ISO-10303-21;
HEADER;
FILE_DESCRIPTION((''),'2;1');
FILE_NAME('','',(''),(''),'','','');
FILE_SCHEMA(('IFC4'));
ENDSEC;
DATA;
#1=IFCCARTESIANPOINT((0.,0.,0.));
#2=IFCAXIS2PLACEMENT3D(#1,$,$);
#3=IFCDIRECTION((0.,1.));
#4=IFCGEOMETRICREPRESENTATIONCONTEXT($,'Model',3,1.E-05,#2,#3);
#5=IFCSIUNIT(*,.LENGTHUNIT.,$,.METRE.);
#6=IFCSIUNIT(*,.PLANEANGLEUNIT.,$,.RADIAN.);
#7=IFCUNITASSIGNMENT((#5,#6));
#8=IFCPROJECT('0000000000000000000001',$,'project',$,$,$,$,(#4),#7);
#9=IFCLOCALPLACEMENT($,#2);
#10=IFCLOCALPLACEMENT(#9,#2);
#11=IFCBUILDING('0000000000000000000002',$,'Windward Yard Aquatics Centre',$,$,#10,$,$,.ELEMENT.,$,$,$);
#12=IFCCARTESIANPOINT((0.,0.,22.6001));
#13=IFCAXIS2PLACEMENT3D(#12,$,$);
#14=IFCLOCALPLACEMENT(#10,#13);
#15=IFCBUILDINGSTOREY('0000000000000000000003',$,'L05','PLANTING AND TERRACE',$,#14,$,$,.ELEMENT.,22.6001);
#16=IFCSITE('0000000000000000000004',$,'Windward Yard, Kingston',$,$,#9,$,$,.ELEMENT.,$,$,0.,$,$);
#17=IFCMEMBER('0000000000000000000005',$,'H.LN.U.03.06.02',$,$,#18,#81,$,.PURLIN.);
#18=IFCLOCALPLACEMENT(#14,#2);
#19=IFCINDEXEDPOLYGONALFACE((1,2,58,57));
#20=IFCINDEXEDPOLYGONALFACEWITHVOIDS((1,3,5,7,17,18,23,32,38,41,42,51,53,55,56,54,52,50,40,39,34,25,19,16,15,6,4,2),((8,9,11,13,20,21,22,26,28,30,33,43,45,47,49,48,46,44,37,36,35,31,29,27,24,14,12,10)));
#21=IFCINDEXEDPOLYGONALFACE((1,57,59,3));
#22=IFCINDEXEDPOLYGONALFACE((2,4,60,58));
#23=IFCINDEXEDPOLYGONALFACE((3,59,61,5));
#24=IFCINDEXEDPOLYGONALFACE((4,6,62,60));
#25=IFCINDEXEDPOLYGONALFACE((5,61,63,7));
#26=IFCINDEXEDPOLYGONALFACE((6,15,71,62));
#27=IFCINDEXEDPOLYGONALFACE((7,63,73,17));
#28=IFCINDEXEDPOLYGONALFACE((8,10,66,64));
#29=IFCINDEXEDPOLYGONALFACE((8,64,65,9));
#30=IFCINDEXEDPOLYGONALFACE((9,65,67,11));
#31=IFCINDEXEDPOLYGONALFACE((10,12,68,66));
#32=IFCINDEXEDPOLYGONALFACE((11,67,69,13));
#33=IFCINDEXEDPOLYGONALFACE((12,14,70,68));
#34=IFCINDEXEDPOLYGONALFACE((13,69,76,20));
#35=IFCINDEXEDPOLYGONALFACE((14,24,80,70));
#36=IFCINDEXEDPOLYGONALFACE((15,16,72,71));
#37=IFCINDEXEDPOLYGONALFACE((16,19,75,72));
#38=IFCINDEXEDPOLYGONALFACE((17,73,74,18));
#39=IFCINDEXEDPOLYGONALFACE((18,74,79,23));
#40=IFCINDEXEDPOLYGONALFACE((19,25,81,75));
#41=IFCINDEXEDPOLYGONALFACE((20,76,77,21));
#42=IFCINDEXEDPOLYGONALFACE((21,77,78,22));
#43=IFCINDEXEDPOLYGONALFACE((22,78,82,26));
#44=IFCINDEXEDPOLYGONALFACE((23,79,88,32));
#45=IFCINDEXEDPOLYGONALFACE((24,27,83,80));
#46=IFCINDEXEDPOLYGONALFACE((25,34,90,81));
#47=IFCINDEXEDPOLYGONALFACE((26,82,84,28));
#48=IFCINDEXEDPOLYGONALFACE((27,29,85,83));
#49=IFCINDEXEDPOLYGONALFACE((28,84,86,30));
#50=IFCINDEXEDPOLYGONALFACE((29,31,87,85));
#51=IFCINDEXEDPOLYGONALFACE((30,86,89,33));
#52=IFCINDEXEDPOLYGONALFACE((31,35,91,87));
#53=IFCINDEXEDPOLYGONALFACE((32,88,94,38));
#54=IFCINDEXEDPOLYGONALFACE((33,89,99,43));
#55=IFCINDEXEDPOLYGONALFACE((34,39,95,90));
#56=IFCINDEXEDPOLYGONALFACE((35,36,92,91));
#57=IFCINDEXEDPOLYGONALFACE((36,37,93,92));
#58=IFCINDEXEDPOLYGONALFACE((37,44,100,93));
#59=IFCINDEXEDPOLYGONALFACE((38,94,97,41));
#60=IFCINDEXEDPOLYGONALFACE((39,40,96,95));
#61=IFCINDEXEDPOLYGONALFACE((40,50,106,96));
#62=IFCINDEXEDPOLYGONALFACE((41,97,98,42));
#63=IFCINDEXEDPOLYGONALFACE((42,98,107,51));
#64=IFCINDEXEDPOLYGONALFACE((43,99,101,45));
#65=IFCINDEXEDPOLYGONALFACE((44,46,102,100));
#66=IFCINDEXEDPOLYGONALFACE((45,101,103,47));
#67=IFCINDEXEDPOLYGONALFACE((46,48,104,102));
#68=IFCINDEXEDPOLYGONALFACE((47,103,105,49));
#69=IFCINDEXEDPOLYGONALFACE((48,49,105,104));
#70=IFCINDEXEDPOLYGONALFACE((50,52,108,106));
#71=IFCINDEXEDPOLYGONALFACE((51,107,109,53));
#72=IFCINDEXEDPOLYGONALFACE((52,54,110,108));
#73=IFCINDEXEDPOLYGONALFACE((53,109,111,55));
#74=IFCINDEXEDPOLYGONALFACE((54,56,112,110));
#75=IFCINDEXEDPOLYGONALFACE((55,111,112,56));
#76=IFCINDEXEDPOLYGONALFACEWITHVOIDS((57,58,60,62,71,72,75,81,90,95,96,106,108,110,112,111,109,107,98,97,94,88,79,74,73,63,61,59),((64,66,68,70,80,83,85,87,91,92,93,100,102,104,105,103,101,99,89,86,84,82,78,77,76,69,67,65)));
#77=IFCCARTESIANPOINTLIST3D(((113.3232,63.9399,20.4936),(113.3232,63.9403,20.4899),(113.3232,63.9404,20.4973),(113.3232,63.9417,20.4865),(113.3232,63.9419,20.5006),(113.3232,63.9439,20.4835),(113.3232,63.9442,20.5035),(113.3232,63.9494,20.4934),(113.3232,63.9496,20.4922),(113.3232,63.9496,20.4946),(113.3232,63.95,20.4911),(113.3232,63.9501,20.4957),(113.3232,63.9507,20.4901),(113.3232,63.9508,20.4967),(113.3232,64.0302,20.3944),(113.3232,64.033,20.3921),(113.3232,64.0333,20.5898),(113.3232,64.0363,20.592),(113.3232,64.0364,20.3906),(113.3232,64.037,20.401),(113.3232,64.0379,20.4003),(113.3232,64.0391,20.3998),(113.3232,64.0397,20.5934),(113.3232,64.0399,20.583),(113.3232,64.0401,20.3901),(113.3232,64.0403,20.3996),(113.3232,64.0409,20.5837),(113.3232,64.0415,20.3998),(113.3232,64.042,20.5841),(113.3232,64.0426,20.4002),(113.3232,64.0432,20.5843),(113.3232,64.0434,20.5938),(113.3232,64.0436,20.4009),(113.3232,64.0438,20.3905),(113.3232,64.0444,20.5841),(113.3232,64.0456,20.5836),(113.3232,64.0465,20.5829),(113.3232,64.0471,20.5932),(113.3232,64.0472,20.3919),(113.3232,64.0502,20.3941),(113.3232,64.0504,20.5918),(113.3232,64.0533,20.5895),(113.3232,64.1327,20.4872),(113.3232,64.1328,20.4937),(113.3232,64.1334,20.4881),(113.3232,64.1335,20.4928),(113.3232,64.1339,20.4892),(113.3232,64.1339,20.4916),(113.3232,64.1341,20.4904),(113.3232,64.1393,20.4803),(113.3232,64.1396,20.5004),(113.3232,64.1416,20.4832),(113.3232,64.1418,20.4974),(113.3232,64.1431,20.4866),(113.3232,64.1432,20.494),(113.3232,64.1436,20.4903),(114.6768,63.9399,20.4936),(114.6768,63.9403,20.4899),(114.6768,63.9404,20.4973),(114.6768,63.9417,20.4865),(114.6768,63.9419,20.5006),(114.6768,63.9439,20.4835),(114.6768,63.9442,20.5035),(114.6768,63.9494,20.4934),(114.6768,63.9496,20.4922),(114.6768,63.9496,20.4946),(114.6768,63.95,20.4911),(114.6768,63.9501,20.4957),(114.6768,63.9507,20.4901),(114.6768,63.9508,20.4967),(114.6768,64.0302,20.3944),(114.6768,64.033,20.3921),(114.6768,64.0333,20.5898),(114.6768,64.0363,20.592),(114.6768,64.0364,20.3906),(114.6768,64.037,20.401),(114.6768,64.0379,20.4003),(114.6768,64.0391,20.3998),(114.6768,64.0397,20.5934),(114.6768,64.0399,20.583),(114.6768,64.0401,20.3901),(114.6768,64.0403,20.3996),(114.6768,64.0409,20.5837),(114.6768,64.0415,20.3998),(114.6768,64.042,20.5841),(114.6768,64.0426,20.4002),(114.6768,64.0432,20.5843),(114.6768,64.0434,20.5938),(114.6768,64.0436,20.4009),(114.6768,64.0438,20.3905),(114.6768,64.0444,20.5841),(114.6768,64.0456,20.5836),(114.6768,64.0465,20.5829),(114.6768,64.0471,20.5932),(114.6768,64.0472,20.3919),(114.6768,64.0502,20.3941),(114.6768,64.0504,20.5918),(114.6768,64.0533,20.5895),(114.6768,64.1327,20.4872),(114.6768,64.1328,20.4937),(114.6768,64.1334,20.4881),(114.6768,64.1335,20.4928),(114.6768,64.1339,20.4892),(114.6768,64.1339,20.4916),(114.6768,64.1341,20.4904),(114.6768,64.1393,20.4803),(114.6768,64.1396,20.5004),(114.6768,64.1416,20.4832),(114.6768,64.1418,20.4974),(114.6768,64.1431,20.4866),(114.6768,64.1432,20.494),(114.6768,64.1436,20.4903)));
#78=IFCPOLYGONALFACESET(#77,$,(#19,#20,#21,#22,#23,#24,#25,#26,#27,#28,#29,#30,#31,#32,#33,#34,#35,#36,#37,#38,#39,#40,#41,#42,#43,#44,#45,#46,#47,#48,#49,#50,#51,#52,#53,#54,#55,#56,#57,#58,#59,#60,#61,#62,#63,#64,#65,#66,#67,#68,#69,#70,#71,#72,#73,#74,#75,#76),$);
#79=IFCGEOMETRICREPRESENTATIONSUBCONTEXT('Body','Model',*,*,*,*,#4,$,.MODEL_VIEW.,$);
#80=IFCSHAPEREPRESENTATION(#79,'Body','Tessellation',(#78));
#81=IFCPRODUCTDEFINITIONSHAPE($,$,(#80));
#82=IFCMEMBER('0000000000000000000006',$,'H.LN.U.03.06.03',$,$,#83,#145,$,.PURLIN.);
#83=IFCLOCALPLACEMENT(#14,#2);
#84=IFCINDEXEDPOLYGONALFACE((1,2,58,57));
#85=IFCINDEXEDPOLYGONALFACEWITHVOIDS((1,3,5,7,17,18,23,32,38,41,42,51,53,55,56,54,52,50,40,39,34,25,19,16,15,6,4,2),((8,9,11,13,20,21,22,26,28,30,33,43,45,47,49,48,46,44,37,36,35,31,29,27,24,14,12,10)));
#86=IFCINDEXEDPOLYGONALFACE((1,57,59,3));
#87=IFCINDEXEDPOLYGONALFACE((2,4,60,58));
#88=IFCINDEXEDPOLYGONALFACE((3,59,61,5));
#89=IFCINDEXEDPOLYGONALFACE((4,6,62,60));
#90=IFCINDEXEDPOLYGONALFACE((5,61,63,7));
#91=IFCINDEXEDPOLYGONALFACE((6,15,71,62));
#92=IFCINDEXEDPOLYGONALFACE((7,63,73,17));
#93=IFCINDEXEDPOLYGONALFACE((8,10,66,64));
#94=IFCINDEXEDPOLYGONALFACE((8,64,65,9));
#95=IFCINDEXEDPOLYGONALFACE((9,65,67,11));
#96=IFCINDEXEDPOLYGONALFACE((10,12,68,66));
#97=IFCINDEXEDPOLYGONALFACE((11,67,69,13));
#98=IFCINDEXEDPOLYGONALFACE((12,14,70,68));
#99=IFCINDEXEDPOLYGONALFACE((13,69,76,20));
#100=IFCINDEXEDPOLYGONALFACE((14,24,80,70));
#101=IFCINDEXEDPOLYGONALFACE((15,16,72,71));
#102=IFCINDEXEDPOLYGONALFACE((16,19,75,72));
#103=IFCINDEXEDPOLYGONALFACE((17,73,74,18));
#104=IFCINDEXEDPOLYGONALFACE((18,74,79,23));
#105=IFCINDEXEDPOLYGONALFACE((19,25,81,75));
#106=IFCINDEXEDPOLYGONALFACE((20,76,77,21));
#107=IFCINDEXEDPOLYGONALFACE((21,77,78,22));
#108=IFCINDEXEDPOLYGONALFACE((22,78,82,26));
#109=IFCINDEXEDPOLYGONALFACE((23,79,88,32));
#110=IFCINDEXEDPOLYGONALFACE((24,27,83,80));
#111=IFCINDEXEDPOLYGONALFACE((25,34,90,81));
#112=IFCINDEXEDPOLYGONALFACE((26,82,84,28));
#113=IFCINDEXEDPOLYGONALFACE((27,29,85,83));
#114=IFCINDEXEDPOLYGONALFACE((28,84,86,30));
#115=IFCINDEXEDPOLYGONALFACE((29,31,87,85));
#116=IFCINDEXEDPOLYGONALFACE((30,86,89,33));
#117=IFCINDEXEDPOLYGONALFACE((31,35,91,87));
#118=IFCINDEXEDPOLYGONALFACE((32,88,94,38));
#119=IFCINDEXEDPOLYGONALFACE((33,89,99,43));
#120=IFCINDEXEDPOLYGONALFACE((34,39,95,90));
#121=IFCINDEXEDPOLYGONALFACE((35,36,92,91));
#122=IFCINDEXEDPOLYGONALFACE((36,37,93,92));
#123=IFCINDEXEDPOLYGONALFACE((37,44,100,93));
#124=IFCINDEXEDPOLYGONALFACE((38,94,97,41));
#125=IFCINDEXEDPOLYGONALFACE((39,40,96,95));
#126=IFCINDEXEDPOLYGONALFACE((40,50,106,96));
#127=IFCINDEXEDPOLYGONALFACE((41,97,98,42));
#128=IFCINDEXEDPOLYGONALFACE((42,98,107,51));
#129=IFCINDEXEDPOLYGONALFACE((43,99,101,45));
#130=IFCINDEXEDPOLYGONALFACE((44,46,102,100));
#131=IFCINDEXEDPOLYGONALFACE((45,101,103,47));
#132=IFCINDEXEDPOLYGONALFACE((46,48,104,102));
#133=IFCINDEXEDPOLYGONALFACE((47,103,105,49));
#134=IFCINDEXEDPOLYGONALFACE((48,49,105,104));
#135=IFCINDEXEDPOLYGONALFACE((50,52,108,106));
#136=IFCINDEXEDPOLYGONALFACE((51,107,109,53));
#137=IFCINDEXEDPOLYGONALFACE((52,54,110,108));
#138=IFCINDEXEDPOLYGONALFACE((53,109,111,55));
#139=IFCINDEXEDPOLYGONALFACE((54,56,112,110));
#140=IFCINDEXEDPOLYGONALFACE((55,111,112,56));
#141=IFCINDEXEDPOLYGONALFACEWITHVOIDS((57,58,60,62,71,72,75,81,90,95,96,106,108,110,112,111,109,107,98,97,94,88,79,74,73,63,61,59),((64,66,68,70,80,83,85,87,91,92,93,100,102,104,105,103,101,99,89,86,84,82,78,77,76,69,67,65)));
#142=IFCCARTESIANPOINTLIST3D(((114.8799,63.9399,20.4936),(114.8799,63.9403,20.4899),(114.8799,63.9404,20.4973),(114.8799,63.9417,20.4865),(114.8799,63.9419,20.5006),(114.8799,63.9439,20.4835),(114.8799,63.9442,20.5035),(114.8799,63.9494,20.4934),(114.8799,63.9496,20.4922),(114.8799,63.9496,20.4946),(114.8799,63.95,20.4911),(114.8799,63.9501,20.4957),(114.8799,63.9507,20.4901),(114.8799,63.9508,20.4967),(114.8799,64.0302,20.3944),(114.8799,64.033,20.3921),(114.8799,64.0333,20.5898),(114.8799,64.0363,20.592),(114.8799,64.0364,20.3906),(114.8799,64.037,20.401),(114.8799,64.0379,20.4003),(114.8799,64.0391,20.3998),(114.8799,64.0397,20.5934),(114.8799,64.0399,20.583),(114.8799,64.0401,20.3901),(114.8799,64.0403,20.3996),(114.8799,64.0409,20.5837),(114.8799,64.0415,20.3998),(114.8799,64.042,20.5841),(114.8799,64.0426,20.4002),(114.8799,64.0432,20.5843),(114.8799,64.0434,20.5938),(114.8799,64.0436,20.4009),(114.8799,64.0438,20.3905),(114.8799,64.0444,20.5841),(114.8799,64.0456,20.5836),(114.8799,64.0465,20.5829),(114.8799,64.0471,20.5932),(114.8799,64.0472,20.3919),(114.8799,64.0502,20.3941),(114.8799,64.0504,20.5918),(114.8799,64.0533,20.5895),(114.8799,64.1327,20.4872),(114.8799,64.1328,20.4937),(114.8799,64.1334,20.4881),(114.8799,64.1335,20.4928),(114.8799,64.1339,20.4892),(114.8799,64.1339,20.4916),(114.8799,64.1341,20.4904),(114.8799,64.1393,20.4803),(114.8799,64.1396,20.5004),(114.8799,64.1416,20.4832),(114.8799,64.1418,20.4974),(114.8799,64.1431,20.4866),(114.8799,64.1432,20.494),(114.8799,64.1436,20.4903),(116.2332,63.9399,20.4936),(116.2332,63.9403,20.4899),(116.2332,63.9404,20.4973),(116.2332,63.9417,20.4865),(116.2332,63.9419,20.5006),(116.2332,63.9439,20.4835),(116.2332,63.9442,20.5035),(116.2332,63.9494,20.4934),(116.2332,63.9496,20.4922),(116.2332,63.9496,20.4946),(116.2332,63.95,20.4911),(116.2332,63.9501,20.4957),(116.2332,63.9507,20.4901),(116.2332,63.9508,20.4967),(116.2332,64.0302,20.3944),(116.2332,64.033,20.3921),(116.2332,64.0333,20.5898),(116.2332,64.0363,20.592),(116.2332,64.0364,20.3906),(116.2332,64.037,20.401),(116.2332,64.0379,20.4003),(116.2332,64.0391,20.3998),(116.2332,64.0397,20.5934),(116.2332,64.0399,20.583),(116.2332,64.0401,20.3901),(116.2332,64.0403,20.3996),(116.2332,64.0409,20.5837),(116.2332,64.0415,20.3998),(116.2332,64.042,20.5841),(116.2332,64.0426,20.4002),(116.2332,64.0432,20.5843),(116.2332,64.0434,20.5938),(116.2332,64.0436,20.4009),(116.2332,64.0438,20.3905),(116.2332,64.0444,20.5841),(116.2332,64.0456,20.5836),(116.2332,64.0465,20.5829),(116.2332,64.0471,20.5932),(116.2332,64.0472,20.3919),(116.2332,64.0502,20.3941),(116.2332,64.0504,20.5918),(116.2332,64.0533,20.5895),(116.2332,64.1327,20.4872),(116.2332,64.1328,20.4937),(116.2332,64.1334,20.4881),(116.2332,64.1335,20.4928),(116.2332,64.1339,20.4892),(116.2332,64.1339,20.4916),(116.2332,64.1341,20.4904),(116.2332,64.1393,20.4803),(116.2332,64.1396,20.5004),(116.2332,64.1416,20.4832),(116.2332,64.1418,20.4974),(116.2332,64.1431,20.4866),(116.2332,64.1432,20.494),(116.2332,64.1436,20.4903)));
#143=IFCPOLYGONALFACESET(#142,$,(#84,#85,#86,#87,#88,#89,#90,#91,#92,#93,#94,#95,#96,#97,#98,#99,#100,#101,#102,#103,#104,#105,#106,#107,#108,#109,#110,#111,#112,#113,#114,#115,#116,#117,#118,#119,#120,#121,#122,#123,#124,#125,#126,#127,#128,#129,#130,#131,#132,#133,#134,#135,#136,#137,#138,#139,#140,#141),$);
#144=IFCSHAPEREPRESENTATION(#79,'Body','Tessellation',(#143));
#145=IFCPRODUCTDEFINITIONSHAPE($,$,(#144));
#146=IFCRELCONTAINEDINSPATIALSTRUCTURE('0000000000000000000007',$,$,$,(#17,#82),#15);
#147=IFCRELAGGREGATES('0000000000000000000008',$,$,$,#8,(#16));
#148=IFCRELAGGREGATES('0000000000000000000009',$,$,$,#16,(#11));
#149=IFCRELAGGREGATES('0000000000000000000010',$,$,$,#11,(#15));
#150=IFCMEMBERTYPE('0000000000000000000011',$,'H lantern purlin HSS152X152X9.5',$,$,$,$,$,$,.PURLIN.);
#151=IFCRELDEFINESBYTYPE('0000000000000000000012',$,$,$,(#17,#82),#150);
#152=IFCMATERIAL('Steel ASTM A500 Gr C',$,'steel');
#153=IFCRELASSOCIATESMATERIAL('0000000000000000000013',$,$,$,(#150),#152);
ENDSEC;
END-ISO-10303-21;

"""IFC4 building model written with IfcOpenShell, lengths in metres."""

from ifc_helpers import new_model, si_unit, direction, frame, origin, origin_2d, place, context, subcontext, project, spatial, hollow_rectangle, extrude, material, material_profile, profile_set, type_object, element, save


model = new_model("IFC4")

# Units and contexts
model_context = context("Model", 3, precision=1e-05, world=origin(), true_north=direction((0.0, 1.0)))
body_context = subcontext(model_context, "Body", "Model", "MODEL_VIEW")
ifc_project = project(units=[si_unit("LENGTHUNIT", "METRE"), si_unit("PLANEANGLEUNIT", "RADIAN")], contexts=[model_context])

# Site, building, storey
site_placement = place(None, origin())
site = spatial("IfcSite", under=ifc_project, at=site_placement, Name="Windward Yard, Kingston", CompositionType="ELEMENT", RefElevation=0.0)
building_placement = place(site_placement, origin())
building = spatial("IfcBuilding", under=site, at=building_placement, Name="Windward Yard Aquatics Centre", CompositionType="ELEMENT")
storey_placement = place(building_placement, frame((0.0, 0.0, 22.6001)))
storey = spatial("IfcBuildingStorey", under=building, at=storey_placement, Name="L05", Description="PLANTING AND TERRACE", CompositionType="ELEMENT", Elevation=22.6001)

# Members
ifc_material_1 = material(Name="Steel ASTM A500 Gr C", Category="steel")
ifc_material_profile = material_profile(ifc_material_1, hollow_rectangle(XDim=0.1523, YDim=0.1523, WallThickness=0.0095, InnerFilletRadius=0.0046, OuterFilletRadius=0.0142, at=origin_2d()), Name="HSS152X152X9.5")
ifc_profile_set = profile_set([ifc_material_profile], Name="Steel ASTM A500 Gr C")
member_type = type_object("IfcMemberType", Name="H lantern purlin HSS152X152X9.5", PredefinedType="PURLIN", material=ifc_profile_set)
member_1_placement = place(storey_placement, frame((113.3232, 64.0417, 20.4919), z_axis=(1.0, 0.0, 0.0), x_axis=(0.0, 0.69555, -0.718477)))
element("IfcMember", 1, at=member_1_placement, inside=storey, type_object=member_type, Name="H.LN.U.03.06.02", PredefinedType="PURLIN", context=body_context, shape_type="SweptSolid", body=[
    extrude(hollow_rectangle(XDim=0.1523, YDim=0.1523, WallThickness=0.0095, InnerFilletRadius=0.0046, OuterFilletRadius=0.0142, at=origin_2d()), origin(), (0.0, 0.0, 1.0), 1.3535),
])
member_2_placement = place(storey_placement, frame((114.8799, 64.0417, 20.4919), z_axis=(1.0, 0.0, 0.0), x_axis=(0.0, 0.69555, -0.718477)))
element("IfcMember", 2, at=member_2_placement, inside=storey, type_object=member_type, Name="H.LN.U.03.06.03", PredefinedType="PURLIN", context=body_context, shape_type="SweptSolid", body=[
    extrude(hollow_rectangle(XDim=0.1523, YDim=0.1523, WallThickness=0.0095, InnerFilletRadius=0.0046, OuterFilletRadius=0.0142, at=origin_2d()), origin(), (0.0, 0.0, 1.0), 1.3533),
])

save(model, "model.ifc")
